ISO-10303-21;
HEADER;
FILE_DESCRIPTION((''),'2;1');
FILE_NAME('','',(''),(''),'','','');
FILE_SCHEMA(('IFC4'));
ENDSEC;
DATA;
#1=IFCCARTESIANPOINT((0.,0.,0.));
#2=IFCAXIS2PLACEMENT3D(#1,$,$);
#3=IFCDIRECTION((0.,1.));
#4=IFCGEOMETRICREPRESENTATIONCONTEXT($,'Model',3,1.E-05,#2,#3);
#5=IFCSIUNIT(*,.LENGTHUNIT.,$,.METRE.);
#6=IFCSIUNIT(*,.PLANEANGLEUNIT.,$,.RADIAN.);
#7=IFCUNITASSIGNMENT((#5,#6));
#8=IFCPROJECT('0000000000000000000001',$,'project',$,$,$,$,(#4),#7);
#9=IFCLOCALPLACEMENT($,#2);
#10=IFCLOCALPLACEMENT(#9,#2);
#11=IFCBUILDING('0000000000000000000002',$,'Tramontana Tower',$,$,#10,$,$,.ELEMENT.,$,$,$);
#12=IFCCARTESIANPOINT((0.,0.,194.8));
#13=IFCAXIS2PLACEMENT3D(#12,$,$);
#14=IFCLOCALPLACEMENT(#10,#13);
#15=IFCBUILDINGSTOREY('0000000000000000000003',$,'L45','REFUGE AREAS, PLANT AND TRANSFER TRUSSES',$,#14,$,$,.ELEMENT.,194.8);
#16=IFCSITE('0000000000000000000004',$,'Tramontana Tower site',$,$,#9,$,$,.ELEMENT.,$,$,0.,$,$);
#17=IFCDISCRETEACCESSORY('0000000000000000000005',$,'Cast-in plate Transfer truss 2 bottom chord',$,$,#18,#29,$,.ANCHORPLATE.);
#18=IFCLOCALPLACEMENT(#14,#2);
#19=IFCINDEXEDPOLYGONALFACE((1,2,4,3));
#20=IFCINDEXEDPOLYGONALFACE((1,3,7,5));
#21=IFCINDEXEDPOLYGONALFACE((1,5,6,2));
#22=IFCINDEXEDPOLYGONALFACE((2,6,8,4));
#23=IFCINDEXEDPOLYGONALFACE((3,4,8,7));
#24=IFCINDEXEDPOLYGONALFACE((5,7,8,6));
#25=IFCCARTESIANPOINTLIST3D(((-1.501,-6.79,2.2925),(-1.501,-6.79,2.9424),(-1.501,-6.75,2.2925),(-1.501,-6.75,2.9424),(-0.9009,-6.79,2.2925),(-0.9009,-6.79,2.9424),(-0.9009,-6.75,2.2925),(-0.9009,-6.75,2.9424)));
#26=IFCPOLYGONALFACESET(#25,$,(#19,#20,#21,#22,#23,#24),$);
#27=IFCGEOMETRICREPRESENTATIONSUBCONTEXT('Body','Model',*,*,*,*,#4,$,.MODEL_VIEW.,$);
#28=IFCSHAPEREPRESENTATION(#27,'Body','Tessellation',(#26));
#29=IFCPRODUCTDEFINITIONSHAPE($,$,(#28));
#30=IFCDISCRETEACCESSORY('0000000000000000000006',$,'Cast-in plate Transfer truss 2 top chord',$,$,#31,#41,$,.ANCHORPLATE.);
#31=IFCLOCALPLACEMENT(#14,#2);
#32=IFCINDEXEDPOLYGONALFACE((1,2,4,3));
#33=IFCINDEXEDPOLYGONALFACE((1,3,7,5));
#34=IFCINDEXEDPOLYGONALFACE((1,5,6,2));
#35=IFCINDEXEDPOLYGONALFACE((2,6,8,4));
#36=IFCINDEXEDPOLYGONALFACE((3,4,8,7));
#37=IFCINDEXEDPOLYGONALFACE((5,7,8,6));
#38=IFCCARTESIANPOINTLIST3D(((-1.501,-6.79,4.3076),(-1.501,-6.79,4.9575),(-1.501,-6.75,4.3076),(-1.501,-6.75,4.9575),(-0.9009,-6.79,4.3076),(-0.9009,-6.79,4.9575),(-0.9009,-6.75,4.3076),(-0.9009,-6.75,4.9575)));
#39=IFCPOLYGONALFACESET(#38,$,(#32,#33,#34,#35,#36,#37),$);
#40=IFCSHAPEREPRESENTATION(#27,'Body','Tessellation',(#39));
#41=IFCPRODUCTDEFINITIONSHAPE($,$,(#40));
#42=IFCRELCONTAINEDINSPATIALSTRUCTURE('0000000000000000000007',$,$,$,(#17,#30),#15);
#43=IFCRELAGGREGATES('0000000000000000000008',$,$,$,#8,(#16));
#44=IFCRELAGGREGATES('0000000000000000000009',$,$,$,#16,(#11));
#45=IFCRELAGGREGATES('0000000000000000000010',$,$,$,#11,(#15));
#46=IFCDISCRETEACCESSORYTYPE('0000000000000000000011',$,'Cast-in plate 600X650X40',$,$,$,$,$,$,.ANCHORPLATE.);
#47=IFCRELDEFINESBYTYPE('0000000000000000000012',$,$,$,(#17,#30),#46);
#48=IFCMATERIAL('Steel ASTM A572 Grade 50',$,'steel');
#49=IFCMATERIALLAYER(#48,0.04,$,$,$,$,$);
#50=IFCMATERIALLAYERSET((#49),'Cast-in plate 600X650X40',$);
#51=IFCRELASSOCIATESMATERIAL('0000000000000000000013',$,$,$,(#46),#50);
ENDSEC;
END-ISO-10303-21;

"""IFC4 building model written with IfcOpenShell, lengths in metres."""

from ifc_helpers import new_model, si_unit, direction, frame, origin, origin_2d, place, context, subcontext, project, spatial, rectangle, extrude, material, layer, layer_set, type_object, element, save


model = new_model("IFC4")

# Units and contexts
model_context = context("Model", 3, precision=1e-05, world=origin(), true_north=direction((0.0, 1.0)))
body_context = subcontext(model_context, "Body", "Model", "MODEL_VIEW")
ifc_project = project(units=[si_unit("LENGTHUNIT", "METRE"), si_unit("PLANEANGLEUNIT", "RADIAN")], contexts=[model_context])

# Site, building, storey
site_placement = place(None, origin())
site = spatial("IfcSite", under=ifc_project, at=site_placement, Name="Tramontana Tower site", CompositionType="ELEMENT", RefElevation=0.0)
building_placement = place(site_placement, origin())
building = spatial("IfcBuilding", under=site, at=building_placement, Name="Tramontana Tower", CompositionType="ELEMENT")
storey_placement = place(building_placement, frame((0.0, 0.0, 194.8)))
storey = spatial("IfcBuildingStorey", under=building, at=storey_placement, Name="L45", Description="REFUGE AREAS, PLANT AND TRANSFER TRUSSES", CompositionType="ELEMENT", Elevation=194.8)

# Discrete accessories
ifc_material_1 = material(Name="Steel ASTM A572 Grade 50", Category="steel")
ifc_layer_1 = layer(ifc_material_1, 0.04)
ifc_layer_set_1 = layer_set([ifc_layer_1], Name="Cast-in plate 600X650X40")
discrete_accessory_type = type_object("IfcDiscreteAccessoryType", Name="Cast-in plate 600X650X40", PredefinedType="ANCHORPLATE", material=ifc_layer_set_1)
for number, where, z_axis, x_axis, name in (
    (1, (-1.2009, -6.77, 2.2925), (0.0, 0.0, 1.0), (1.0, 0.0, 0.0), "Cast-in plate Transfer truss 2 bottom chord"),
    (2, (-1.2009, -6.77, 4.3076), (0.0, 0.0, 1.0), (1.0, 0.0, 0.0), "Cast-in plate Transfer truss 2 top chord"),
):
    element("IfcDiscreteAccessory", number, at=place(storey_placement, frame(where, z_axis=z_axis, x_axis=x_axis)), inside=storey, type_object=discrete_accessory_type, Name=name, PredefinedType="ANCHORPLATE", context=body_context, shape_type="SweptSolid", body=[
        extrude(rectangle(XDim=0.6001, YDim=0.04, at=origin_2d()), origin(), (0.0, 0.0, 1.0), 0.6499),
    ])

save(model, "model.ifc")
